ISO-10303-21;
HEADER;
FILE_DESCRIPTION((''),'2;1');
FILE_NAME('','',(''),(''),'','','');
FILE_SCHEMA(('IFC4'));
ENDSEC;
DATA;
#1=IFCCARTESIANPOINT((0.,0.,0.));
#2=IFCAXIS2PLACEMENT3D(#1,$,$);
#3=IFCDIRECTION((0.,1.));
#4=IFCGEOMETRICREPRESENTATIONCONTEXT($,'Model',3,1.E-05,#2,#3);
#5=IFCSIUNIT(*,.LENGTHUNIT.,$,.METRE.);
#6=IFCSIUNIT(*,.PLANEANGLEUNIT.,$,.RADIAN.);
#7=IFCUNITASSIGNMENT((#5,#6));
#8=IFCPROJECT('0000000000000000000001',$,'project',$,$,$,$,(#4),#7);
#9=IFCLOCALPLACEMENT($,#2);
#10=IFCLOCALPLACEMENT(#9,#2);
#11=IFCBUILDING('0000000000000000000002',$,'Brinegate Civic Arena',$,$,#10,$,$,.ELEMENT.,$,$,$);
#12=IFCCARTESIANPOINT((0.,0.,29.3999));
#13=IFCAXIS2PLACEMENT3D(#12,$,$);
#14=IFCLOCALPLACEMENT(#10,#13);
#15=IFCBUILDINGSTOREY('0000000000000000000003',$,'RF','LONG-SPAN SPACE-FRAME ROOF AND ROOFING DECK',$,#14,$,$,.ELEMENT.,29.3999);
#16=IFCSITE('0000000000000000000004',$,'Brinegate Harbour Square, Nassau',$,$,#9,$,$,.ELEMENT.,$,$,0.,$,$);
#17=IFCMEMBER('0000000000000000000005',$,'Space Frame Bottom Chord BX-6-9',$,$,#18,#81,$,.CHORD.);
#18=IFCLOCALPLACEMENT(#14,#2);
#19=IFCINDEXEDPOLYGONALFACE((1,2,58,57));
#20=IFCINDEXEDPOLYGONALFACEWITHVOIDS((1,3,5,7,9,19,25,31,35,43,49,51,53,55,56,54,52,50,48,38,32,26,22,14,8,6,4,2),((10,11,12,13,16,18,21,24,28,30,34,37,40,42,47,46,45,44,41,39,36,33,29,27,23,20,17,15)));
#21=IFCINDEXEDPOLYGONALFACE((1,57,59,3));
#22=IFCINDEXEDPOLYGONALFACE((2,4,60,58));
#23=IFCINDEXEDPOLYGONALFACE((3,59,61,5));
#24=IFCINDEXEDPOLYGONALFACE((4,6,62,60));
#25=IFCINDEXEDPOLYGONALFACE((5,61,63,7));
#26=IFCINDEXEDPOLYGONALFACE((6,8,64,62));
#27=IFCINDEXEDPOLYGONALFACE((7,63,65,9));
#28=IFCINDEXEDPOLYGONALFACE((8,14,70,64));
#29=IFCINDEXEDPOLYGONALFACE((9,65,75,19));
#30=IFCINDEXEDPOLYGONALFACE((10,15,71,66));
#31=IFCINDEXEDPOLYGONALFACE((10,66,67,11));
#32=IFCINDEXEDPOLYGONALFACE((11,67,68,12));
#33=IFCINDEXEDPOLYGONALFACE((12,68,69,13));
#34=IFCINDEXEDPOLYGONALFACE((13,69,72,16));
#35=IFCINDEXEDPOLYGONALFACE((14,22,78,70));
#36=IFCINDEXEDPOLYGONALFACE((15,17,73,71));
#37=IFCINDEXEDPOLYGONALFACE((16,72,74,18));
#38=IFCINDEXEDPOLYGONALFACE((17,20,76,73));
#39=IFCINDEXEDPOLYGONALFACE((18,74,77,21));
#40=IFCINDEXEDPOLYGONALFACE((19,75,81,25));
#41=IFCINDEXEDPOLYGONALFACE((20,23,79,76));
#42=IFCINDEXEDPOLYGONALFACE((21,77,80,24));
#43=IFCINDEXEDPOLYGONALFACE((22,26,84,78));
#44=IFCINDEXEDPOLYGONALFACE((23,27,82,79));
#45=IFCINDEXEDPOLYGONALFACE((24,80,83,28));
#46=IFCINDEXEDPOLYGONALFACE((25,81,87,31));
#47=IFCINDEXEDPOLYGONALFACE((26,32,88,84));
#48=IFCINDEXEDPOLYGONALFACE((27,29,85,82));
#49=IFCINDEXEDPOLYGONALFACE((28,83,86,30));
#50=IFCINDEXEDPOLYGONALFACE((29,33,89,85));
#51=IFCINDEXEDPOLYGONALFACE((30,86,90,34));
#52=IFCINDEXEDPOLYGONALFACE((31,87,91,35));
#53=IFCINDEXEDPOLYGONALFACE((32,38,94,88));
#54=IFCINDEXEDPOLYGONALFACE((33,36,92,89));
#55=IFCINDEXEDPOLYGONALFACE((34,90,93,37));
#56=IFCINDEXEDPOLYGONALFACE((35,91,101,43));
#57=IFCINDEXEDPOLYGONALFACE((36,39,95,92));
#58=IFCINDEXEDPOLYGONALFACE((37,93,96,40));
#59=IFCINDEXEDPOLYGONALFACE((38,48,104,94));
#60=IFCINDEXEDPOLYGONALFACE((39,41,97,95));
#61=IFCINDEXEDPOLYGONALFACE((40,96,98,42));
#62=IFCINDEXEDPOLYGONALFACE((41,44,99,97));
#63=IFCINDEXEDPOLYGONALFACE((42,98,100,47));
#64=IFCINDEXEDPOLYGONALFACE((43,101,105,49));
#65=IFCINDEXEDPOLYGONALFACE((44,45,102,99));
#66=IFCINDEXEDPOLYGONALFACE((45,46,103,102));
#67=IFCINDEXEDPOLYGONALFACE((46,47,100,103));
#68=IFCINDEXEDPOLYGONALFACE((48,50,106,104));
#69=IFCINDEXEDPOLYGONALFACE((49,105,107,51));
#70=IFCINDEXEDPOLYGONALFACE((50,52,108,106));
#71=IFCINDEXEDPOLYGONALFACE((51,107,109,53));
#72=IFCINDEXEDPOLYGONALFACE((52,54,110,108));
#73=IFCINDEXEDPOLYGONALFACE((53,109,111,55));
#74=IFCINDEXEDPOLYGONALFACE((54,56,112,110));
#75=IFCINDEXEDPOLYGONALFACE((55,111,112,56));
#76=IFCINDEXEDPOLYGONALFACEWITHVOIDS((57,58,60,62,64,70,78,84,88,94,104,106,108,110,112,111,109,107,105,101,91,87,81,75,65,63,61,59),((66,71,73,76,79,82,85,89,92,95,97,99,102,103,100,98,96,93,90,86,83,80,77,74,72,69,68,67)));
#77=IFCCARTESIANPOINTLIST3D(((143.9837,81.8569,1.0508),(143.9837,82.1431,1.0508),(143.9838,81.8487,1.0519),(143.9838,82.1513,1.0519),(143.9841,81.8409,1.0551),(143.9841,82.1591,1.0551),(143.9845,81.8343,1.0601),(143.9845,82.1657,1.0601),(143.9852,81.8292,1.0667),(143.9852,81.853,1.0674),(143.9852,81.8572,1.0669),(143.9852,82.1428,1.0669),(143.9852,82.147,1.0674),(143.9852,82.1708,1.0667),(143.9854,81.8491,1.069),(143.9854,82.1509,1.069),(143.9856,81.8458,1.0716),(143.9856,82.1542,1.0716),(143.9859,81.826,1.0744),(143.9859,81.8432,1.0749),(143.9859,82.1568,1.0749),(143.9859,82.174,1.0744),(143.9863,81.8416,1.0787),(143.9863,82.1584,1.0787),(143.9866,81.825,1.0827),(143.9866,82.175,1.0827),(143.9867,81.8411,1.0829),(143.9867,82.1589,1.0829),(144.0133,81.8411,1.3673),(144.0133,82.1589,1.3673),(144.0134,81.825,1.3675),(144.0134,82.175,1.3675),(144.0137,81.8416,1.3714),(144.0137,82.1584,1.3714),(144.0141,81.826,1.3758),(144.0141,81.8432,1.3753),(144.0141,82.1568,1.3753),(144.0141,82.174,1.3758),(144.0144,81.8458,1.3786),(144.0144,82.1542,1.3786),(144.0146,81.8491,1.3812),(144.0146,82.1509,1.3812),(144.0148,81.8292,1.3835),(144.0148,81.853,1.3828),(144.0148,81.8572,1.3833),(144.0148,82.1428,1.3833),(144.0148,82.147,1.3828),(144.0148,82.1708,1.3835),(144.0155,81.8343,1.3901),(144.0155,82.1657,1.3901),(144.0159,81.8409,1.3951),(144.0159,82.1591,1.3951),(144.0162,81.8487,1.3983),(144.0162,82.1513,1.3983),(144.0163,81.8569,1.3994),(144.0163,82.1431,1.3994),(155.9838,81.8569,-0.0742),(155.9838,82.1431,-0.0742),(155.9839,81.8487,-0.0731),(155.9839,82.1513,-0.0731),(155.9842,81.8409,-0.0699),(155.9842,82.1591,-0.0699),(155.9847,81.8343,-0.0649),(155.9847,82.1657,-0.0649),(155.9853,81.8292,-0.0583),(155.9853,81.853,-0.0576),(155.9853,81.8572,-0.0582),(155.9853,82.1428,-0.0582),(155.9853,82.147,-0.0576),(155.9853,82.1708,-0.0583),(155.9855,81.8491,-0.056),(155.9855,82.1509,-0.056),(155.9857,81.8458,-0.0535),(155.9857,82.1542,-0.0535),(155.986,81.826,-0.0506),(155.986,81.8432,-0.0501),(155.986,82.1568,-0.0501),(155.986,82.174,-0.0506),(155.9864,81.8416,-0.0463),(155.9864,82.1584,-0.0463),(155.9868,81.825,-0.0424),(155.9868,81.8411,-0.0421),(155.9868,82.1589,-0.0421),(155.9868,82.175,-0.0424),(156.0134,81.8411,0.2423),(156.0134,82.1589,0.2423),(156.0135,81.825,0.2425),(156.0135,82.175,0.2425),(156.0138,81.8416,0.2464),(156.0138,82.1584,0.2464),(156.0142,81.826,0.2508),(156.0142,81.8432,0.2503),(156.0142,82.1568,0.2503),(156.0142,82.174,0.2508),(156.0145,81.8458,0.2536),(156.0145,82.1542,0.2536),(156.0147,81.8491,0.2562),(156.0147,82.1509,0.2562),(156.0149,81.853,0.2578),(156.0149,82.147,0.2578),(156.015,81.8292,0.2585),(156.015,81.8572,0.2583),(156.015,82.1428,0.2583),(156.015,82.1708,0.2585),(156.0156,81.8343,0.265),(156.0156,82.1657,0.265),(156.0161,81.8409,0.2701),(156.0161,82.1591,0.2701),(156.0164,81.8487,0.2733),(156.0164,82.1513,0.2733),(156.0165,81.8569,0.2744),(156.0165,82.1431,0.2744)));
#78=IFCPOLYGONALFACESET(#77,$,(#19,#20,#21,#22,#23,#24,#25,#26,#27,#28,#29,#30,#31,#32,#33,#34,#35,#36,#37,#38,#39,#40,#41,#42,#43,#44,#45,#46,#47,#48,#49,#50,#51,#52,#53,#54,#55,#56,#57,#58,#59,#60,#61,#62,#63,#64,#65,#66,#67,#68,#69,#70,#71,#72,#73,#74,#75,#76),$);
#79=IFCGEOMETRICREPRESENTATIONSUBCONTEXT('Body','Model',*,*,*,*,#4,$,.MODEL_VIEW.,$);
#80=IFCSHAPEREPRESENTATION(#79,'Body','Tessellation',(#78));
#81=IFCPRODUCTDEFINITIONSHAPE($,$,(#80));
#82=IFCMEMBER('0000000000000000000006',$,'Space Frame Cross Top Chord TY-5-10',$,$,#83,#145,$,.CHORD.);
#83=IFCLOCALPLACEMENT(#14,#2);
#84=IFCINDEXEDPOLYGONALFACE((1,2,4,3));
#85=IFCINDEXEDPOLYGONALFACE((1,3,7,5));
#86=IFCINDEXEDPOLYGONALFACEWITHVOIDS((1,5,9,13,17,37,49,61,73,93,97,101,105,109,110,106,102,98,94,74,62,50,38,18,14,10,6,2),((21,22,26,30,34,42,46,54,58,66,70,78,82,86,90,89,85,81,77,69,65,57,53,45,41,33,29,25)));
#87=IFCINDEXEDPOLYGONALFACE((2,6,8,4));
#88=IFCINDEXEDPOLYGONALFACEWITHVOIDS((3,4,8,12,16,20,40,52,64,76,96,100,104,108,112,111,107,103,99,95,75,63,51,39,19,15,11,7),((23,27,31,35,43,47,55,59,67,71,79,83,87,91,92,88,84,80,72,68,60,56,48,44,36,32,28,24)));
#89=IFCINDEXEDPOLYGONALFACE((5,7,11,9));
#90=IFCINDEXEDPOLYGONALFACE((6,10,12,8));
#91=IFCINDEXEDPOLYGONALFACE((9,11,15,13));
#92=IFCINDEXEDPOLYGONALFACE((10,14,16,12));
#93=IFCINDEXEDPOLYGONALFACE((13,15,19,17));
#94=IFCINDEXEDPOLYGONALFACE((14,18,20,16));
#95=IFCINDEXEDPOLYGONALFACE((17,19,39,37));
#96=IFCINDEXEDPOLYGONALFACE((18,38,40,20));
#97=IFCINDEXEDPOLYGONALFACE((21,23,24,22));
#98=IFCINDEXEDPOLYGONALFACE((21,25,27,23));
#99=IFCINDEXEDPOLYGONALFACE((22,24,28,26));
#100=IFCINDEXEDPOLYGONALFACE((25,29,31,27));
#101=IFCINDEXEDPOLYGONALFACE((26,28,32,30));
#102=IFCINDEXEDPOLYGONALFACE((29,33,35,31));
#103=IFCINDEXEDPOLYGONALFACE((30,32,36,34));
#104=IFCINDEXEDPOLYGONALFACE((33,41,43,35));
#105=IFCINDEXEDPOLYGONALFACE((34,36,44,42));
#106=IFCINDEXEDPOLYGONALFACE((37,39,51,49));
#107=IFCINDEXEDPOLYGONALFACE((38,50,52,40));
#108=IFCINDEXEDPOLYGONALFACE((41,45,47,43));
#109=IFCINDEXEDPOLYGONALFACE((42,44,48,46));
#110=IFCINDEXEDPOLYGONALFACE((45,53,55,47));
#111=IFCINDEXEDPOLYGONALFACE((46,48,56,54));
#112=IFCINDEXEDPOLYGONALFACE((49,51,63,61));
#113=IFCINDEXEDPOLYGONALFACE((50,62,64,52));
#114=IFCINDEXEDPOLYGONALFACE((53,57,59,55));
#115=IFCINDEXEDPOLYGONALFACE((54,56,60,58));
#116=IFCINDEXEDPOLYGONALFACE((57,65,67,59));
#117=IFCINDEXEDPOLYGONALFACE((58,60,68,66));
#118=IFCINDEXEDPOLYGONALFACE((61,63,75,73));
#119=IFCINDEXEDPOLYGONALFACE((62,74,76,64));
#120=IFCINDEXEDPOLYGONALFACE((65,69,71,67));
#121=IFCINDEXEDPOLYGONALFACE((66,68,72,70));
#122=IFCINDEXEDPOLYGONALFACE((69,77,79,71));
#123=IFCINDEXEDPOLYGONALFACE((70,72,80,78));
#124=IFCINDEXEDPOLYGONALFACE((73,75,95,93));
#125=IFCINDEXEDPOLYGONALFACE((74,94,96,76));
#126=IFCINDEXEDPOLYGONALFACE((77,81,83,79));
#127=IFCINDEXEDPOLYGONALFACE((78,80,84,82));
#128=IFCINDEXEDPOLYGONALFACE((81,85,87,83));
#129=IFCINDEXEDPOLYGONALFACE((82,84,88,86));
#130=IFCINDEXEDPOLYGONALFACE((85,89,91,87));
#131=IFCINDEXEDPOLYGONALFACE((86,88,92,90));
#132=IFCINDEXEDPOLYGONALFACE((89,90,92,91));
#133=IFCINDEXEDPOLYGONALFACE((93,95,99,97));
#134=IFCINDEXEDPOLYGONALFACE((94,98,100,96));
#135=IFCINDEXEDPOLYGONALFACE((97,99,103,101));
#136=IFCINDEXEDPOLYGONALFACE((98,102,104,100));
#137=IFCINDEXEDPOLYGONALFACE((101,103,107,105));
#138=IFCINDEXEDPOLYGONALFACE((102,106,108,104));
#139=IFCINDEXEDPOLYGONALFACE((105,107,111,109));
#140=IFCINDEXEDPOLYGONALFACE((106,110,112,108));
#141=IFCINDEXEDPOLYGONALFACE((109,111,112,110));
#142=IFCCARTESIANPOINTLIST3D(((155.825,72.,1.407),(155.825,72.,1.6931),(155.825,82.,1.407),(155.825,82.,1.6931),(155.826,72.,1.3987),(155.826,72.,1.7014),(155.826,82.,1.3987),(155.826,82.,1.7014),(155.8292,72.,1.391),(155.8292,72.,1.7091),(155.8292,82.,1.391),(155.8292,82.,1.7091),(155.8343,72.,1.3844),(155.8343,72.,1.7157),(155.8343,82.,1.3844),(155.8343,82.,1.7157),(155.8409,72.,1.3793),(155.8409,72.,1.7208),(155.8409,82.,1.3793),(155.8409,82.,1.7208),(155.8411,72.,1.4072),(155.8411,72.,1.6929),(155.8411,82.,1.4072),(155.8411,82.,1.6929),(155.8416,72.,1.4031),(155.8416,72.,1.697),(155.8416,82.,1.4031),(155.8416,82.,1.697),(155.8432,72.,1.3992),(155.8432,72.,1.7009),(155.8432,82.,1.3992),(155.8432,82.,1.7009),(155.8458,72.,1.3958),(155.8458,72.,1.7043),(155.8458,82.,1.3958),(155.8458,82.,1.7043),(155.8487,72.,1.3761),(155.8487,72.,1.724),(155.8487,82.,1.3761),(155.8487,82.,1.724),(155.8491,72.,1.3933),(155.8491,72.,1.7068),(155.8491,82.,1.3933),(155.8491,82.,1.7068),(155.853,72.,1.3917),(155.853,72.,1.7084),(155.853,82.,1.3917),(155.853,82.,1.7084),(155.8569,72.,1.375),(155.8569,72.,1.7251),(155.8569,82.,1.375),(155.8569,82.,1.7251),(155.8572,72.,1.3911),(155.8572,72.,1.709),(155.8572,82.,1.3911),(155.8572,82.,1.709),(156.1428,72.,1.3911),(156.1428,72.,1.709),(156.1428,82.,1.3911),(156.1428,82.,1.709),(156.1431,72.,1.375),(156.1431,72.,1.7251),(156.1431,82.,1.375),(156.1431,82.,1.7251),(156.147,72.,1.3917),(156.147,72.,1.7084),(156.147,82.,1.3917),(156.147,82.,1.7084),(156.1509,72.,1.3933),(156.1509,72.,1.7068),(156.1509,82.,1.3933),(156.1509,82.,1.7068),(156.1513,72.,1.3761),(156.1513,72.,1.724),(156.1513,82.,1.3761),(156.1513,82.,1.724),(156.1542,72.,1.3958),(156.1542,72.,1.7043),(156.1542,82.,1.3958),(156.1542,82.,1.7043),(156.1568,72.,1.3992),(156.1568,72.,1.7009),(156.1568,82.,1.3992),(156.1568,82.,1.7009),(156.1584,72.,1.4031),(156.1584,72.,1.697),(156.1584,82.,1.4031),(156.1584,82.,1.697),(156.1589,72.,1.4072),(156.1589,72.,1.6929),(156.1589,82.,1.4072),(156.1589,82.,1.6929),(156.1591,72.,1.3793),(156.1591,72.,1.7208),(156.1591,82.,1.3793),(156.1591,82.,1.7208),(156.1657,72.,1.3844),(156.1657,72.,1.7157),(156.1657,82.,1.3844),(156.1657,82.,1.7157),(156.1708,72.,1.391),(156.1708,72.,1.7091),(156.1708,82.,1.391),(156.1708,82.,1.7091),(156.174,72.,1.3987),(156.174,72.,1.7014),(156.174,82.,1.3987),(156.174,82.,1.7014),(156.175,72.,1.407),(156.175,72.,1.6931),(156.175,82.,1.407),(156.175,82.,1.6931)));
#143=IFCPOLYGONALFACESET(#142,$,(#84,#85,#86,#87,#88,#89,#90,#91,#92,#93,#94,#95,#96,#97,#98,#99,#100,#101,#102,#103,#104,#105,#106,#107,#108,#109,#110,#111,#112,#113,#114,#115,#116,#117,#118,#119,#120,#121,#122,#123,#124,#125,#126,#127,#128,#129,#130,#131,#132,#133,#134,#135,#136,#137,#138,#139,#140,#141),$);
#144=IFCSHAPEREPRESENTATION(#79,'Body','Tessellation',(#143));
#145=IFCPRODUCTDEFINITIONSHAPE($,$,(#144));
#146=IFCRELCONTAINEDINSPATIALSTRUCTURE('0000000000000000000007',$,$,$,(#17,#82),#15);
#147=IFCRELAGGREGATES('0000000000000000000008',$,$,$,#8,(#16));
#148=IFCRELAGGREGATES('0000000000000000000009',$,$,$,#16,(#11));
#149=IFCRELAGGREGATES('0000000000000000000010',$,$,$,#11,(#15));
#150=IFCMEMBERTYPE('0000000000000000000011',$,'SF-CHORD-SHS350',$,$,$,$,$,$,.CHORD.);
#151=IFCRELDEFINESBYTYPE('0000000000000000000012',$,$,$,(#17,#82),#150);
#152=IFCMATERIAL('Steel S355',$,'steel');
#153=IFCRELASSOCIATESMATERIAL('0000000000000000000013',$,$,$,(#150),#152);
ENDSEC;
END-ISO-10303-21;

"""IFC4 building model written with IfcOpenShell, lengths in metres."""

from ifc_helpers import new_model, si_unit, direction, frame, origin, origin_2d, place, context, subcontext, project, spatial, hollow_rectangle, extrude, material, material_profile, profile_set, type_object, element, save


model = new_model("IFC4")

# Units and contexts
model_context = context("Model", 3, precision=1e-05, world=origin(), true_north=direction((0.0, 1.0)))
body_context = subcontext(model_context, "Body", "Model", "MODEL_VIEW")
ifc_project = project(units=[si_unit("LENGTHUNIT", "METRE"), si_unit("PLANEANGLEUNIT", "RADIAN")], contexts=[model_context])

# Site, building, storey
site_placement = place(None, origin())
site = spatial("IfcSite", under=ifc_project, at=site_placement, Name="Brinegate Harbour Square, Nassau", CompositionType="ELEMENT", RefElevation=0.0)
building_placement = place(site_placement, origin())
building = spatial("IfcBuilding", under=site, at=building_placement, Name="Brinegate Civic Arena", CompositionType="ELEMENT")
storey_placement = place(building_placement, frame((0.0, 0.0, 29.3999)))
storey = spatial("IfcBuildingStorey", under=building, at=storey_placement, Name="RF", Description="LONG-SPAN SPACE-FRAME ROOF AND ROOFING DECK", CompositionType="ELEMENT", Elevation=29.3999)

# Shared definitions
ifc_material_1 = material(Name="Steel S355", Category="steel")

# Members
ifc_material_profile_1 = material_profile(ifc_material_1, hollow_rectangle(XDim=0.3501, YDim=0.3501, WallThickness=0.0161, InnerFilletRadius=0.0161, OuterFilletRadius=0.032, at=origin_2d()), Name="SHS350X16")
ifc_profile_set_1 = profile_set([ifc_material_profile_1], Name="Steel S355")
member_type_1 = type_object("IfcMemberType", Name="SF-CHORD-SHS350", PredefinedType="CHORD", material=ifc_profile_set_1)
member_1_placement = place(storey_placement, frame((144.0, 82.0, 1.2251), z_axis=(0.995634, 0.0, -0.093341), x_axis=(0.0, 1.0, 0.0)))
element("IfcMember", 1, at=member_1_placement, inside=storey, type_object=member_type_1, Name="Space Frame Bottom Chord BX-6-9", PredefinedType="CHORD", context=body_context, shape_type="SweptSolid", body=[
    extrude(hollow_rectangle(XDim=0.3501, YDim=0.3501, WallThickness=0.0161, InnerFilletRadius=0.0161, OuterFilletRadius=0.032, at=origin_2d()), origin(), (0.0, 0.0, 1.0), 12.0527),
])
member_2_placement = place(storey_placement, frame((156.0, 72.0, 1.55), z_axis=(0.0, 1.0, 0.0), x_axis=(-1.0, 0.0, 0.0)))
element("IfcMember", 2, at=member_2_placement, inside=storey, type_object=member_type_1, Name="Space Frame Cross Top Chord TY-5-10", PredefinedType="CHORD", context=body_context, shape_type="SweptSolid", body=[
    extrude(hollow_rectangle(XDim=0.3501, YDim=0.3501, WallThickness=0.0161, InnerFilletRadius=0.0161, OuterFilletRadius=0.032, at=origin_2d()), origin(), (0.0, 0.0, 1.0), 10.0),
])

save(model, "model.ifc")
